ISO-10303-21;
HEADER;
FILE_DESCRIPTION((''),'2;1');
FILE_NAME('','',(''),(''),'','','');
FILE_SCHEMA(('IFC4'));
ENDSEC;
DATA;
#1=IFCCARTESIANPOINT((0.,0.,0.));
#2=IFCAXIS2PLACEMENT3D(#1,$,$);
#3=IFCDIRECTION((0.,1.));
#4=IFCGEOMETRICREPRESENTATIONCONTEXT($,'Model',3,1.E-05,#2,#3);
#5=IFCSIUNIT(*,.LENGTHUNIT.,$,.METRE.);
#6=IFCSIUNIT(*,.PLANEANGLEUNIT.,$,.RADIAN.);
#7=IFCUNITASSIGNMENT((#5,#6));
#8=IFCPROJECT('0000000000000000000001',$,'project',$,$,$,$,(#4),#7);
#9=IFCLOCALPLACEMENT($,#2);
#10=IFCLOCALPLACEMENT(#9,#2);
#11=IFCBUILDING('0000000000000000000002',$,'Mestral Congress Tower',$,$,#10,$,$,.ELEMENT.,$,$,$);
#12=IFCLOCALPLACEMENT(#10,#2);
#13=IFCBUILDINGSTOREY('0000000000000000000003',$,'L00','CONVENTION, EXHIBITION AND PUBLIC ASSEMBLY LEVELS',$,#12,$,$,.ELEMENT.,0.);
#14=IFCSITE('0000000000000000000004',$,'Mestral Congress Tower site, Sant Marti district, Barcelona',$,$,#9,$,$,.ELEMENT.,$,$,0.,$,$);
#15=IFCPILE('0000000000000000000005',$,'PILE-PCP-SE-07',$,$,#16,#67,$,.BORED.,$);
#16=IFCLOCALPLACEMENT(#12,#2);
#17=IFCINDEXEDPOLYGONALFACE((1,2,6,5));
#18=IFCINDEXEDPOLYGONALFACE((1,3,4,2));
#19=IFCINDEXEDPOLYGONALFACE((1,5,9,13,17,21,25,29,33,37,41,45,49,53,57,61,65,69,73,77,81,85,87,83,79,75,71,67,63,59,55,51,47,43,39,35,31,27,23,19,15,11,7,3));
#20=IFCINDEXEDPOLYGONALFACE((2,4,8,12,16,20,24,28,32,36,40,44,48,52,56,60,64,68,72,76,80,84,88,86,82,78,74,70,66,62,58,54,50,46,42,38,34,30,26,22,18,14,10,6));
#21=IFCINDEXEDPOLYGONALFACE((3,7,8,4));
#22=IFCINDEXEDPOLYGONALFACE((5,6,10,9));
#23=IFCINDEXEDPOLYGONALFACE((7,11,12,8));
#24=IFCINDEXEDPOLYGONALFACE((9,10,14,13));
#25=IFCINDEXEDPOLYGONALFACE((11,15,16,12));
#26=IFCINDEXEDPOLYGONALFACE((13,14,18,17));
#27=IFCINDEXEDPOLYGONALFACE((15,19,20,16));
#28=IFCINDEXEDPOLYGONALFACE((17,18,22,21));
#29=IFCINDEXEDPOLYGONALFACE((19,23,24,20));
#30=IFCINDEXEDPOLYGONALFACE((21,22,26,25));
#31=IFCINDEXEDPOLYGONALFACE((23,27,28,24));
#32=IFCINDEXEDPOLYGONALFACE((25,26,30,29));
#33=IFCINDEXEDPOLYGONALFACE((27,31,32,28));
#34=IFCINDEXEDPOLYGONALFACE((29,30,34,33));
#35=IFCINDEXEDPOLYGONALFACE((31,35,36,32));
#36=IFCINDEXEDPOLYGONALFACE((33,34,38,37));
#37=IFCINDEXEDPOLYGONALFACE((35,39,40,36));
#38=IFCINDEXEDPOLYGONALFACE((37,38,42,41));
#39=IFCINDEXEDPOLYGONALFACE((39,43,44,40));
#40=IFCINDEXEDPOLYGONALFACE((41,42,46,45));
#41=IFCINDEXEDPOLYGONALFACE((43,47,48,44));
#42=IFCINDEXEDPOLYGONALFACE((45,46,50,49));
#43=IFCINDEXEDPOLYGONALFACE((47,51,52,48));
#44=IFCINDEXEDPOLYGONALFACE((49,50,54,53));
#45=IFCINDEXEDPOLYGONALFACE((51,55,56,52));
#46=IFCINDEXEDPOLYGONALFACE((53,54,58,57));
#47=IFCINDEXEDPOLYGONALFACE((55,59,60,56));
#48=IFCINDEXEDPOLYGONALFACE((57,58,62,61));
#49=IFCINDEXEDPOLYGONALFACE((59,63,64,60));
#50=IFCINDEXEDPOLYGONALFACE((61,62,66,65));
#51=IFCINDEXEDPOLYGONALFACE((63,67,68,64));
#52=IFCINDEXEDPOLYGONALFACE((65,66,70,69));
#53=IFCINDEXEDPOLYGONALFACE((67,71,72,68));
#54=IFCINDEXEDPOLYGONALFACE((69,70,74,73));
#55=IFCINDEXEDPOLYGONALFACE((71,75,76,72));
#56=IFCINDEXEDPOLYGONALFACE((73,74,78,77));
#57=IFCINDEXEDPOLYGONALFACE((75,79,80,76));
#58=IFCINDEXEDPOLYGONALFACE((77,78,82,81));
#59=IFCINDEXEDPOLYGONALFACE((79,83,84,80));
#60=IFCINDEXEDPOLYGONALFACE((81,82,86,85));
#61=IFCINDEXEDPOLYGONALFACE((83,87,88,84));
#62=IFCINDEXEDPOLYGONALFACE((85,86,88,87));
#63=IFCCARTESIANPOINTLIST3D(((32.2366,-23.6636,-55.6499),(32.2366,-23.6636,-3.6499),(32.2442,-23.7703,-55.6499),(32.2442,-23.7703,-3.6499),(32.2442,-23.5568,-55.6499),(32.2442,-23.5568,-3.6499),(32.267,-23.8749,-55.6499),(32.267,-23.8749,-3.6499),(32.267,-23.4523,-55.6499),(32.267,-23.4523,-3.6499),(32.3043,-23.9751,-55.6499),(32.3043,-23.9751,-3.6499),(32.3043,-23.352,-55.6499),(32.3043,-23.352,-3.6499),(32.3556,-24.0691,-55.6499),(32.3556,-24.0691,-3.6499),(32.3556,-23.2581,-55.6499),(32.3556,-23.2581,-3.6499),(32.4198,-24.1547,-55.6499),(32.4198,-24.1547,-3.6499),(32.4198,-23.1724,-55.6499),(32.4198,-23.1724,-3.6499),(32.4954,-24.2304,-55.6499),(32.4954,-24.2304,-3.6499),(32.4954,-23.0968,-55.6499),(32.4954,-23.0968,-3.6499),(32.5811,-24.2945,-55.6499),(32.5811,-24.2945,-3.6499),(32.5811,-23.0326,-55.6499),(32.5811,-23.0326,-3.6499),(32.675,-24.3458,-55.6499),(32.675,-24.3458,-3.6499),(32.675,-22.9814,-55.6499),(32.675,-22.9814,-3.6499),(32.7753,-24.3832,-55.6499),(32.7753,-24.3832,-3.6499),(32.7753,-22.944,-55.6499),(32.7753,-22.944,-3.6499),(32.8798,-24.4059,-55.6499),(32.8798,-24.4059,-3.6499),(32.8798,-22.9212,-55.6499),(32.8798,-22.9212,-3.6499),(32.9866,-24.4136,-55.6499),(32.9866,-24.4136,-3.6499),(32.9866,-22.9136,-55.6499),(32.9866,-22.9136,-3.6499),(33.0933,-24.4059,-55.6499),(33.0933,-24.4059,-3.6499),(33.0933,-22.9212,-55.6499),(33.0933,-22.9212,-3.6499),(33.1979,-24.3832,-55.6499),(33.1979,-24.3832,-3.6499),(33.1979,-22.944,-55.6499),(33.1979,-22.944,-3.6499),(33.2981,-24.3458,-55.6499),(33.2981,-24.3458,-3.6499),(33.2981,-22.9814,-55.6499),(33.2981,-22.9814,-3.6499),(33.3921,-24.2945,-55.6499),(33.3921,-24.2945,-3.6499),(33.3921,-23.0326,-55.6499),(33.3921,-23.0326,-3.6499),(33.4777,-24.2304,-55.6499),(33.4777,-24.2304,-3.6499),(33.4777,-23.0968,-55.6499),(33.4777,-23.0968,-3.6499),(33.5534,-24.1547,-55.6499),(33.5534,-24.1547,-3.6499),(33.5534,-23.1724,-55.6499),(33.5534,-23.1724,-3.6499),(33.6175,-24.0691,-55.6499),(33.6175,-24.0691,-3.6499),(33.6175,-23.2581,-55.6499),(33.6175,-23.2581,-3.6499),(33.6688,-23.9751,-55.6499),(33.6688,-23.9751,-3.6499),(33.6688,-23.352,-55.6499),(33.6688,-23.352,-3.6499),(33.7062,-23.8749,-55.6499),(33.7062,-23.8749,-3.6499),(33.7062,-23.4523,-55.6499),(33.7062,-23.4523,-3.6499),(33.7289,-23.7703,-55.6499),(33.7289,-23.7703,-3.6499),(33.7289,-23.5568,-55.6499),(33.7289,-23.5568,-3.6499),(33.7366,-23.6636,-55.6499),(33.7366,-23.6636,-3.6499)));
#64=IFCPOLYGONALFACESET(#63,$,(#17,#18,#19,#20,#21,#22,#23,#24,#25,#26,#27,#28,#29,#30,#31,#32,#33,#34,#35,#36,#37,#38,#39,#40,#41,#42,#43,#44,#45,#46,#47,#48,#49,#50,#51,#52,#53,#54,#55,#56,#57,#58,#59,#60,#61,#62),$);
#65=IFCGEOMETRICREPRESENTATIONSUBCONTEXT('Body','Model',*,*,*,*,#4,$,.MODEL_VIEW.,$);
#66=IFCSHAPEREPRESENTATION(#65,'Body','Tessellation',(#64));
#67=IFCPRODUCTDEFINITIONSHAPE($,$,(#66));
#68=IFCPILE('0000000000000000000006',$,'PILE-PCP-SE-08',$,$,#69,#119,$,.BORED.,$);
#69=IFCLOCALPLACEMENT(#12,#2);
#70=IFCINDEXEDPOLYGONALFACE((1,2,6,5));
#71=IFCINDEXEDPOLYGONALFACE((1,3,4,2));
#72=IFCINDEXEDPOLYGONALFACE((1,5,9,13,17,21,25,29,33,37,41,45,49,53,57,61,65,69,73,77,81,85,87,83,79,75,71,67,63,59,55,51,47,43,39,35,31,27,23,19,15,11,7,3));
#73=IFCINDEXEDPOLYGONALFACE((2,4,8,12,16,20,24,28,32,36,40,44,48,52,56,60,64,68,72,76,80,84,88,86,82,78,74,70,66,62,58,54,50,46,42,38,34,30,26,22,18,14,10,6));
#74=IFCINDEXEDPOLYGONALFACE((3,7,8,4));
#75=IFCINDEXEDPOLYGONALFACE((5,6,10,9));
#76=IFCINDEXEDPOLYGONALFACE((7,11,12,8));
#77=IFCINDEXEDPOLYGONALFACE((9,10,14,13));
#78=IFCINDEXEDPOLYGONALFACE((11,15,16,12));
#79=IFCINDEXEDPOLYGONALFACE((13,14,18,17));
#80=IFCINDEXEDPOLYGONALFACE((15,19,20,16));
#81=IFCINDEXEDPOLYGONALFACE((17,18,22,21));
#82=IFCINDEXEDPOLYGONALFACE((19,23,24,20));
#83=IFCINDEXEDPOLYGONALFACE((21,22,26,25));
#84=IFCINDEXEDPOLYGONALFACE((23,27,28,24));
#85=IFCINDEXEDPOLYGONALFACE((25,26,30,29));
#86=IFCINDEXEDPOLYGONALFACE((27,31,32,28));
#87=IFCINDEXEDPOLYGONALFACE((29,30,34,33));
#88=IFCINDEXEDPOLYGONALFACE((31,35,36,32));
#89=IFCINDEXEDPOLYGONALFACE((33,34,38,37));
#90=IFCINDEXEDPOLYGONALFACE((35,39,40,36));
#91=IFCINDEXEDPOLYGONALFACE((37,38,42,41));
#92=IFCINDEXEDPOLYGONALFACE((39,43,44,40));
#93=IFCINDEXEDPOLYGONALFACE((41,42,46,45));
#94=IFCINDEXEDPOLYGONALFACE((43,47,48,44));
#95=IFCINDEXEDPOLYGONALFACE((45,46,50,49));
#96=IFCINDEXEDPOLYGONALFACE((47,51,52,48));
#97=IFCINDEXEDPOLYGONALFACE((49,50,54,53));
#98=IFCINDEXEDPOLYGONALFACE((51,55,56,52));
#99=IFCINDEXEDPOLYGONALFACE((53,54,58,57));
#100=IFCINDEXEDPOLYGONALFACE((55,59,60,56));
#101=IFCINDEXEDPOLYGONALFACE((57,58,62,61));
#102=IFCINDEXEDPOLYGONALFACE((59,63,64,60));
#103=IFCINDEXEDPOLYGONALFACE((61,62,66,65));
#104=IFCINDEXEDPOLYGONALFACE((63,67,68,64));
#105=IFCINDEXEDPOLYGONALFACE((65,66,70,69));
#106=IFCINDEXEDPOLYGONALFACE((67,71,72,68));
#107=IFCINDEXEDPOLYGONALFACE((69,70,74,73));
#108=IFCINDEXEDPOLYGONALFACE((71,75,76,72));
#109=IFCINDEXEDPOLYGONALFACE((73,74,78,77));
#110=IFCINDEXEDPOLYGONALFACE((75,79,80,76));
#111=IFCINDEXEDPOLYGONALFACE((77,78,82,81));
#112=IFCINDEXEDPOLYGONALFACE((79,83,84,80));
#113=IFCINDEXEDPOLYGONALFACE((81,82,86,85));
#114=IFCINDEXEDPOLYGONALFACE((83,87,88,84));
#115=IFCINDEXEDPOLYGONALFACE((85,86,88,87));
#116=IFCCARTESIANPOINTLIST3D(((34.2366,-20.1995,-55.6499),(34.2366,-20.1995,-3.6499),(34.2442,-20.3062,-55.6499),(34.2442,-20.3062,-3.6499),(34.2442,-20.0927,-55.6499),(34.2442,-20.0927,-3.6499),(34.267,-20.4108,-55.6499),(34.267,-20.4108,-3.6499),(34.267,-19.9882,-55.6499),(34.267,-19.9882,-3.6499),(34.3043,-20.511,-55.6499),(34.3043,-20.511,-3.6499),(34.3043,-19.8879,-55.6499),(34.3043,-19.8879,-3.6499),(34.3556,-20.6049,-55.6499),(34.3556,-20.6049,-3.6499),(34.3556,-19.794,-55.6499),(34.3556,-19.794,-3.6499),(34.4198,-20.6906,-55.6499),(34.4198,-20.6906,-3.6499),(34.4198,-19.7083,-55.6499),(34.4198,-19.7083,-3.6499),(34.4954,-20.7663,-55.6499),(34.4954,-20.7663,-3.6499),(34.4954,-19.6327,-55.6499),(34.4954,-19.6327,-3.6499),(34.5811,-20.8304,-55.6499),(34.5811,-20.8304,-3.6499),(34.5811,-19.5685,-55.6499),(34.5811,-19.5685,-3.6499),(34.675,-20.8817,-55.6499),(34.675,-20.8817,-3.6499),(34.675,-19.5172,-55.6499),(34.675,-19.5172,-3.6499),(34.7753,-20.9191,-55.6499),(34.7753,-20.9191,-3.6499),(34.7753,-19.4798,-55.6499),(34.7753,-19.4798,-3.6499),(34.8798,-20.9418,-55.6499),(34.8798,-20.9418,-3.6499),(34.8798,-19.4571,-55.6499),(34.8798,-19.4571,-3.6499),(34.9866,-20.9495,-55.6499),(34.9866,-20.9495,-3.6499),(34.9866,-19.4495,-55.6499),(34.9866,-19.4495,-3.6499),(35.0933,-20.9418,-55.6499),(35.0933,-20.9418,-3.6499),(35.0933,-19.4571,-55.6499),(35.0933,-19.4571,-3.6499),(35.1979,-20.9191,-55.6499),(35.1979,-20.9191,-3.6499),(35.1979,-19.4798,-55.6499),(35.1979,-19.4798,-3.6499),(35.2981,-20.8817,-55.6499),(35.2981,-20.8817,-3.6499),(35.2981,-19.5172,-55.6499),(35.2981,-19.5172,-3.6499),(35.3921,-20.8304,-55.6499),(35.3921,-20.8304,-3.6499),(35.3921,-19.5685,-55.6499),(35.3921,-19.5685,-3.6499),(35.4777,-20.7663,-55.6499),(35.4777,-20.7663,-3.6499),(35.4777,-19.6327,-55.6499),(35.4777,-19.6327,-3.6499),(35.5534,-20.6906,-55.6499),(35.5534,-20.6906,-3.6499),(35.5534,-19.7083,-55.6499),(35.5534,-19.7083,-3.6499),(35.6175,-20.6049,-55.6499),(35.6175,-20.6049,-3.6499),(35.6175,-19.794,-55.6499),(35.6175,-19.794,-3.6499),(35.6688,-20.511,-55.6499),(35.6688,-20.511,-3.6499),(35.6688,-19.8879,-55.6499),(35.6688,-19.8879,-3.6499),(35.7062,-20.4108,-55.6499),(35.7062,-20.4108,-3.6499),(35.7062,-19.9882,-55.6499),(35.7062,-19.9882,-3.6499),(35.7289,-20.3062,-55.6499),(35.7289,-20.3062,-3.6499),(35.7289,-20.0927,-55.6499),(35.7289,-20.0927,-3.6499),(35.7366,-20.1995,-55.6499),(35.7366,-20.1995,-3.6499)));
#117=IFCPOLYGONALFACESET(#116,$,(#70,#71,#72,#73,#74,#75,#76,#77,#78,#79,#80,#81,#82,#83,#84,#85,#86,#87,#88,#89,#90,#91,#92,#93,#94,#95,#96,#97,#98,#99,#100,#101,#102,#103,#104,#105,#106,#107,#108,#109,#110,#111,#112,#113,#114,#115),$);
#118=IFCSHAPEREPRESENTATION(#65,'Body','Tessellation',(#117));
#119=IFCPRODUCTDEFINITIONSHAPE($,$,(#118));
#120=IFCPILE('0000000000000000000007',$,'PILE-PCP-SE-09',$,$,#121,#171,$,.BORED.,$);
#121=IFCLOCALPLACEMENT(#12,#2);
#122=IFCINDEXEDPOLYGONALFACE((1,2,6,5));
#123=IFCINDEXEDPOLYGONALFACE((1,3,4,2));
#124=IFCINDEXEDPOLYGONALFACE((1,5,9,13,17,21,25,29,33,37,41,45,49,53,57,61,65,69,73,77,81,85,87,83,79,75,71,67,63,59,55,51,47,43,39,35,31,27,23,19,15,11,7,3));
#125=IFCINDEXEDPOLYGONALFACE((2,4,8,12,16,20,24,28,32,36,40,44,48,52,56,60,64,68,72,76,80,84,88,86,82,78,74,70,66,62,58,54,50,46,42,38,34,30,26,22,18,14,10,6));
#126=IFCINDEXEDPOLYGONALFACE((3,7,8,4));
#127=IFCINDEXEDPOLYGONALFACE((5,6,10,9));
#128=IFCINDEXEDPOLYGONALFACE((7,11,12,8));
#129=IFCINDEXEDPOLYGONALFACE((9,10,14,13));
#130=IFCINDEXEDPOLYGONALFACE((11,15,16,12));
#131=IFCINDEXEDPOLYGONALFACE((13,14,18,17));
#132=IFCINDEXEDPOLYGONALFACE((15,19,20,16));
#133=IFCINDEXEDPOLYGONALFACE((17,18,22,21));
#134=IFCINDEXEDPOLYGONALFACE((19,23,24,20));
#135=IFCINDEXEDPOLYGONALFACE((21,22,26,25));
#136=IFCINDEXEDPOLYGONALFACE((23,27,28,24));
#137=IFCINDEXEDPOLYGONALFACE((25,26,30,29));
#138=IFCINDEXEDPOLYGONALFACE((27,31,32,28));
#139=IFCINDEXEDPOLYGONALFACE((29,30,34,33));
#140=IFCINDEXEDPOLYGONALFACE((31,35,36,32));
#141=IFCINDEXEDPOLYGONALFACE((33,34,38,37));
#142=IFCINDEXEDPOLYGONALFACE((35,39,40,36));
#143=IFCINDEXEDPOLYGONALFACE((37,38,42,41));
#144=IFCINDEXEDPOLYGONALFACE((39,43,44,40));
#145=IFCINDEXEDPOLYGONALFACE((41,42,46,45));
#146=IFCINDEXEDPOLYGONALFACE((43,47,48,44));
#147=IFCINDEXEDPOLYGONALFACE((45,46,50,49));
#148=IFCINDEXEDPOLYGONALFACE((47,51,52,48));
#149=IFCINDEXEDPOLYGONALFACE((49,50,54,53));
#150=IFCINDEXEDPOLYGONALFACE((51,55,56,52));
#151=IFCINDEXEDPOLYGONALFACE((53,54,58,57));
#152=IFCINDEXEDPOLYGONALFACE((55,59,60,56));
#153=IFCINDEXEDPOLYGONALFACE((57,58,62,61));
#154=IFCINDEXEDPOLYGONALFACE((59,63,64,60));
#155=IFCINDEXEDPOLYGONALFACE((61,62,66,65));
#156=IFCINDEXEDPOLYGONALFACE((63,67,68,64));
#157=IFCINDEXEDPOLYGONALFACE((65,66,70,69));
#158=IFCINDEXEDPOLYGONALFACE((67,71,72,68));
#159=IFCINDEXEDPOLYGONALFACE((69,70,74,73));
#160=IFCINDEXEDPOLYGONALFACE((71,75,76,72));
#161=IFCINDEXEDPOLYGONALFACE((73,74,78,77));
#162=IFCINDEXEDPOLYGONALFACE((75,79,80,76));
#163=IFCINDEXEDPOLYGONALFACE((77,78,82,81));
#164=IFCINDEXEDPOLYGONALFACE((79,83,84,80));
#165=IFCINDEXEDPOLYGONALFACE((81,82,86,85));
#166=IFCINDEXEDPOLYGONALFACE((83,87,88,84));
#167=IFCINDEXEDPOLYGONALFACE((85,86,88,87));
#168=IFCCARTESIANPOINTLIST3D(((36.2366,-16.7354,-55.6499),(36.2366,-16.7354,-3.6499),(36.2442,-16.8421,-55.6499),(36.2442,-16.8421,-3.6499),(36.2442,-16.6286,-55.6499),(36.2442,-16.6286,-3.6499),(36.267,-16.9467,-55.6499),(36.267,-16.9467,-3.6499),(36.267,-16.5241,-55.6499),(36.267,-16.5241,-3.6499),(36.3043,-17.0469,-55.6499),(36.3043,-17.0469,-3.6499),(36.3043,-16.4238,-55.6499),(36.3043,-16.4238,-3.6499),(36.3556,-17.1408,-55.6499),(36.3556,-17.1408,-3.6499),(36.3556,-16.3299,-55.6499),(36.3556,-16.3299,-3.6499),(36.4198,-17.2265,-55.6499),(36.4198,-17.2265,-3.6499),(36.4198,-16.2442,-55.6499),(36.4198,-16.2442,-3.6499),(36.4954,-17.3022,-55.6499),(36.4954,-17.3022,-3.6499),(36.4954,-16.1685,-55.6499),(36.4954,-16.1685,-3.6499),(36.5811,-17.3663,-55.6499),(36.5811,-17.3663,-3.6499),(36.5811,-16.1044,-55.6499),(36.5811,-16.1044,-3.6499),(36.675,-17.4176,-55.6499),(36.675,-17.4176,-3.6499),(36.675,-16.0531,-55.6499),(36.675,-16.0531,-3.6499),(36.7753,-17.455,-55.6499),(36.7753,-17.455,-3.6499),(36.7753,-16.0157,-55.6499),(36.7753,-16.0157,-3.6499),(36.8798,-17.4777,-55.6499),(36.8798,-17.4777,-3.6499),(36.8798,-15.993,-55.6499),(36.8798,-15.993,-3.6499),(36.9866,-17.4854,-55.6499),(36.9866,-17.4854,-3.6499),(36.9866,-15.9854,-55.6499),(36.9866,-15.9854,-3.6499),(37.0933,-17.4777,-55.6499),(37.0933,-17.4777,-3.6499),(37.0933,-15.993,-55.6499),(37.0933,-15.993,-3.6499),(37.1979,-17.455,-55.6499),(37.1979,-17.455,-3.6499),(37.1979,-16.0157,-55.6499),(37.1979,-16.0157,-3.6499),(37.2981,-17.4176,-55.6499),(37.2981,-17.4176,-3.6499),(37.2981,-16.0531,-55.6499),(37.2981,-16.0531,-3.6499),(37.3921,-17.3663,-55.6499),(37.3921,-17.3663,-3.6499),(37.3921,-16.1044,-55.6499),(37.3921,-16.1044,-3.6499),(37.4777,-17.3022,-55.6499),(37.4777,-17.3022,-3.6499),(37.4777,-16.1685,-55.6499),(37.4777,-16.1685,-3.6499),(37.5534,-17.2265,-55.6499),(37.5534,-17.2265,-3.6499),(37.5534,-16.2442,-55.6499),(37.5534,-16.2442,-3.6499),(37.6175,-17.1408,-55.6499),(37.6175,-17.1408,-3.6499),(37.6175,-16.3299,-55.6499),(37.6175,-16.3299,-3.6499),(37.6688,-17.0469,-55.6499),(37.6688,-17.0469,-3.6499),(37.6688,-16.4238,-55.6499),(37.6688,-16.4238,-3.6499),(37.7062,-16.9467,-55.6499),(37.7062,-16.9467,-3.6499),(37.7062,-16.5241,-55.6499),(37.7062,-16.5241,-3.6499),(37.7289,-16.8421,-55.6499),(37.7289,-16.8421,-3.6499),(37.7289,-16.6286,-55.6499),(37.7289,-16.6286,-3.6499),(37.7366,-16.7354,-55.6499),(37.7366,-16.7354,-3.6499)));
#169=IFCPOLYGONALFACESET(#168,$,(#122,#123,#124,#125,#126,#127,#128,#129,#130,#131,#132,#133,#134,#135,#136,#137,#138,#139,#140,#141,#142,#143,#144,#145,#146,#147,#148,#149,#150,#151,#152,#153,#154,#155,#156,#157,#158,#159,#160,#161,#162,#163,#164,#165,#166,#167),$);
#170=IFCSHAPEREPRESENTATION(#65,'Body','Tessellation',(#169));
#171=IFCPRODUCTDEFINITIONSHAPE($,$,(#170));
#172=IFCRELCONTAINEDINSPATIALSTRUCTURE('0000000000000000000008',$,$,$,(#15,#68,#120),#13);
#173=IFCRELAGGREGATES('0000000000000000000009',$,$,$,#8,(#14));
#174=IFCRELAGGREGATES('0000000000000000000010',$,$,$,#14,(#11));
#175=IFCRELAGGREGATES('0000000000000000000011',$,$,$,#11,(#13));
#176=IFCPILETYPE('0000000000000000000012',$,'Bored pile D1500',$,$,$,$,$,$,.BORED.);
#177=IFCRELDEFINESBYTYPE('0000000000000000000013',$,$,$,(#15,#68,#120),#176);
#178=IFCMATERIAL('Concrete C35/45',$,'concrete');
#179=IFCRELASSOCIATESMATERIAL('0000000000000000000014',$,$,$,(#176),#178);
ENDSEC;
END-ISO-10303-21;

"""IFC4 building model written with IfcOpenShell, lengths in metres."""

from ifc_helpers import new_model, si_unit, direction, frame, origin, origin_2d, place, context, subcontext, project, spatial, circle, extrude, material, material_profile, profile_set, type_object, element, save


model = new_model("IFC4")

# Units and contexts
model_context = context("Model", 3, precision=1e-05, world=origin(), true_north=direction((0.0, 1.0)))
body_context = subcontext(model_context, "Body", "Model", "MODEL_VIEW")
ifc_project = project(units=[si_unit("LENGTHUNIT", "METRE"), si_unit("PLANEANGLEUNIT", "RADIAN")], contexts=[model_context])

# Site, building, storey
site_placement = place(None, origin())
site = spatial("IfcSite", under=ifc_project, at=site_placement, Name="Mestral Congress Tower site, Sant Marti district, Barcelona", CompositionType="ELEMENT", RefElevation=0.0)
building_placement = place(site_placement, origin())
building = spatial("IfcBuilding", under=site, at=building_placement, Name="Mestral Congress Tower", CompositionType="ELEMENT")
storey_placement = place(building_placement, origin())
storey = spatial("IfcBuildingStorey", under=building, at=storey_placement, Name="L00", Description="CONVENTION, EXHIBITION AND PUBLIC ASSEMBLY LEVELS", CompositionType="ELEMENT", Elevation=0.0)

# Piles
ifc_material_1 = material(Name="Concrete C35/45", Category="concrete")
ifc_material_profile_1 = material_profile(ifc_material_1, circle(Radius=0.75, at=origin_2d()), Name="D1500")
ifc_profile_set_1 = profile_set([ifc_material_profile_1], Name="Concrete C35/45")
pile_type_1 = type_object("IfcPileType", Name="Bored pile D1500", PredefinedType="BORED", material=ifc_profile_set_1)
for number, where, z_axis, x_axis, name in (
    (1, (32.9866, -23.6636, -3.6499), (0.0, 0.0, -1.0), (1.0, 0.0, 0.0), "PILE-PCP-SE-07"),
    (2, (34.9866, -20.1995, -3.6499), (0.0, 0.0, -1.0), (1.0, 0.0, 0.0), "PILE-PCP-SE-08"),
    (3, (36.9866, -16.7354, -3.6499), (0.0, 0.0, -1.0), (1.0, 0.0, 0.0), "PILE-PCP-SE-09"),
):
    element("IfcPile", number, at=place(storey_placement, frame(where, z_axis=z_axis, x_axis=x_axis)), inside=storey, type_object=pile_type_1, Name=name, PredefinedType="BORED", context=body_context, shape_type="SweptSolid", body=[
        extrude(circle(Radius=0.75, at=origin_2d()), origin(), (0.0, 0.0, 1.0), 52.0),
    ])

save(model, "model.ifc")
